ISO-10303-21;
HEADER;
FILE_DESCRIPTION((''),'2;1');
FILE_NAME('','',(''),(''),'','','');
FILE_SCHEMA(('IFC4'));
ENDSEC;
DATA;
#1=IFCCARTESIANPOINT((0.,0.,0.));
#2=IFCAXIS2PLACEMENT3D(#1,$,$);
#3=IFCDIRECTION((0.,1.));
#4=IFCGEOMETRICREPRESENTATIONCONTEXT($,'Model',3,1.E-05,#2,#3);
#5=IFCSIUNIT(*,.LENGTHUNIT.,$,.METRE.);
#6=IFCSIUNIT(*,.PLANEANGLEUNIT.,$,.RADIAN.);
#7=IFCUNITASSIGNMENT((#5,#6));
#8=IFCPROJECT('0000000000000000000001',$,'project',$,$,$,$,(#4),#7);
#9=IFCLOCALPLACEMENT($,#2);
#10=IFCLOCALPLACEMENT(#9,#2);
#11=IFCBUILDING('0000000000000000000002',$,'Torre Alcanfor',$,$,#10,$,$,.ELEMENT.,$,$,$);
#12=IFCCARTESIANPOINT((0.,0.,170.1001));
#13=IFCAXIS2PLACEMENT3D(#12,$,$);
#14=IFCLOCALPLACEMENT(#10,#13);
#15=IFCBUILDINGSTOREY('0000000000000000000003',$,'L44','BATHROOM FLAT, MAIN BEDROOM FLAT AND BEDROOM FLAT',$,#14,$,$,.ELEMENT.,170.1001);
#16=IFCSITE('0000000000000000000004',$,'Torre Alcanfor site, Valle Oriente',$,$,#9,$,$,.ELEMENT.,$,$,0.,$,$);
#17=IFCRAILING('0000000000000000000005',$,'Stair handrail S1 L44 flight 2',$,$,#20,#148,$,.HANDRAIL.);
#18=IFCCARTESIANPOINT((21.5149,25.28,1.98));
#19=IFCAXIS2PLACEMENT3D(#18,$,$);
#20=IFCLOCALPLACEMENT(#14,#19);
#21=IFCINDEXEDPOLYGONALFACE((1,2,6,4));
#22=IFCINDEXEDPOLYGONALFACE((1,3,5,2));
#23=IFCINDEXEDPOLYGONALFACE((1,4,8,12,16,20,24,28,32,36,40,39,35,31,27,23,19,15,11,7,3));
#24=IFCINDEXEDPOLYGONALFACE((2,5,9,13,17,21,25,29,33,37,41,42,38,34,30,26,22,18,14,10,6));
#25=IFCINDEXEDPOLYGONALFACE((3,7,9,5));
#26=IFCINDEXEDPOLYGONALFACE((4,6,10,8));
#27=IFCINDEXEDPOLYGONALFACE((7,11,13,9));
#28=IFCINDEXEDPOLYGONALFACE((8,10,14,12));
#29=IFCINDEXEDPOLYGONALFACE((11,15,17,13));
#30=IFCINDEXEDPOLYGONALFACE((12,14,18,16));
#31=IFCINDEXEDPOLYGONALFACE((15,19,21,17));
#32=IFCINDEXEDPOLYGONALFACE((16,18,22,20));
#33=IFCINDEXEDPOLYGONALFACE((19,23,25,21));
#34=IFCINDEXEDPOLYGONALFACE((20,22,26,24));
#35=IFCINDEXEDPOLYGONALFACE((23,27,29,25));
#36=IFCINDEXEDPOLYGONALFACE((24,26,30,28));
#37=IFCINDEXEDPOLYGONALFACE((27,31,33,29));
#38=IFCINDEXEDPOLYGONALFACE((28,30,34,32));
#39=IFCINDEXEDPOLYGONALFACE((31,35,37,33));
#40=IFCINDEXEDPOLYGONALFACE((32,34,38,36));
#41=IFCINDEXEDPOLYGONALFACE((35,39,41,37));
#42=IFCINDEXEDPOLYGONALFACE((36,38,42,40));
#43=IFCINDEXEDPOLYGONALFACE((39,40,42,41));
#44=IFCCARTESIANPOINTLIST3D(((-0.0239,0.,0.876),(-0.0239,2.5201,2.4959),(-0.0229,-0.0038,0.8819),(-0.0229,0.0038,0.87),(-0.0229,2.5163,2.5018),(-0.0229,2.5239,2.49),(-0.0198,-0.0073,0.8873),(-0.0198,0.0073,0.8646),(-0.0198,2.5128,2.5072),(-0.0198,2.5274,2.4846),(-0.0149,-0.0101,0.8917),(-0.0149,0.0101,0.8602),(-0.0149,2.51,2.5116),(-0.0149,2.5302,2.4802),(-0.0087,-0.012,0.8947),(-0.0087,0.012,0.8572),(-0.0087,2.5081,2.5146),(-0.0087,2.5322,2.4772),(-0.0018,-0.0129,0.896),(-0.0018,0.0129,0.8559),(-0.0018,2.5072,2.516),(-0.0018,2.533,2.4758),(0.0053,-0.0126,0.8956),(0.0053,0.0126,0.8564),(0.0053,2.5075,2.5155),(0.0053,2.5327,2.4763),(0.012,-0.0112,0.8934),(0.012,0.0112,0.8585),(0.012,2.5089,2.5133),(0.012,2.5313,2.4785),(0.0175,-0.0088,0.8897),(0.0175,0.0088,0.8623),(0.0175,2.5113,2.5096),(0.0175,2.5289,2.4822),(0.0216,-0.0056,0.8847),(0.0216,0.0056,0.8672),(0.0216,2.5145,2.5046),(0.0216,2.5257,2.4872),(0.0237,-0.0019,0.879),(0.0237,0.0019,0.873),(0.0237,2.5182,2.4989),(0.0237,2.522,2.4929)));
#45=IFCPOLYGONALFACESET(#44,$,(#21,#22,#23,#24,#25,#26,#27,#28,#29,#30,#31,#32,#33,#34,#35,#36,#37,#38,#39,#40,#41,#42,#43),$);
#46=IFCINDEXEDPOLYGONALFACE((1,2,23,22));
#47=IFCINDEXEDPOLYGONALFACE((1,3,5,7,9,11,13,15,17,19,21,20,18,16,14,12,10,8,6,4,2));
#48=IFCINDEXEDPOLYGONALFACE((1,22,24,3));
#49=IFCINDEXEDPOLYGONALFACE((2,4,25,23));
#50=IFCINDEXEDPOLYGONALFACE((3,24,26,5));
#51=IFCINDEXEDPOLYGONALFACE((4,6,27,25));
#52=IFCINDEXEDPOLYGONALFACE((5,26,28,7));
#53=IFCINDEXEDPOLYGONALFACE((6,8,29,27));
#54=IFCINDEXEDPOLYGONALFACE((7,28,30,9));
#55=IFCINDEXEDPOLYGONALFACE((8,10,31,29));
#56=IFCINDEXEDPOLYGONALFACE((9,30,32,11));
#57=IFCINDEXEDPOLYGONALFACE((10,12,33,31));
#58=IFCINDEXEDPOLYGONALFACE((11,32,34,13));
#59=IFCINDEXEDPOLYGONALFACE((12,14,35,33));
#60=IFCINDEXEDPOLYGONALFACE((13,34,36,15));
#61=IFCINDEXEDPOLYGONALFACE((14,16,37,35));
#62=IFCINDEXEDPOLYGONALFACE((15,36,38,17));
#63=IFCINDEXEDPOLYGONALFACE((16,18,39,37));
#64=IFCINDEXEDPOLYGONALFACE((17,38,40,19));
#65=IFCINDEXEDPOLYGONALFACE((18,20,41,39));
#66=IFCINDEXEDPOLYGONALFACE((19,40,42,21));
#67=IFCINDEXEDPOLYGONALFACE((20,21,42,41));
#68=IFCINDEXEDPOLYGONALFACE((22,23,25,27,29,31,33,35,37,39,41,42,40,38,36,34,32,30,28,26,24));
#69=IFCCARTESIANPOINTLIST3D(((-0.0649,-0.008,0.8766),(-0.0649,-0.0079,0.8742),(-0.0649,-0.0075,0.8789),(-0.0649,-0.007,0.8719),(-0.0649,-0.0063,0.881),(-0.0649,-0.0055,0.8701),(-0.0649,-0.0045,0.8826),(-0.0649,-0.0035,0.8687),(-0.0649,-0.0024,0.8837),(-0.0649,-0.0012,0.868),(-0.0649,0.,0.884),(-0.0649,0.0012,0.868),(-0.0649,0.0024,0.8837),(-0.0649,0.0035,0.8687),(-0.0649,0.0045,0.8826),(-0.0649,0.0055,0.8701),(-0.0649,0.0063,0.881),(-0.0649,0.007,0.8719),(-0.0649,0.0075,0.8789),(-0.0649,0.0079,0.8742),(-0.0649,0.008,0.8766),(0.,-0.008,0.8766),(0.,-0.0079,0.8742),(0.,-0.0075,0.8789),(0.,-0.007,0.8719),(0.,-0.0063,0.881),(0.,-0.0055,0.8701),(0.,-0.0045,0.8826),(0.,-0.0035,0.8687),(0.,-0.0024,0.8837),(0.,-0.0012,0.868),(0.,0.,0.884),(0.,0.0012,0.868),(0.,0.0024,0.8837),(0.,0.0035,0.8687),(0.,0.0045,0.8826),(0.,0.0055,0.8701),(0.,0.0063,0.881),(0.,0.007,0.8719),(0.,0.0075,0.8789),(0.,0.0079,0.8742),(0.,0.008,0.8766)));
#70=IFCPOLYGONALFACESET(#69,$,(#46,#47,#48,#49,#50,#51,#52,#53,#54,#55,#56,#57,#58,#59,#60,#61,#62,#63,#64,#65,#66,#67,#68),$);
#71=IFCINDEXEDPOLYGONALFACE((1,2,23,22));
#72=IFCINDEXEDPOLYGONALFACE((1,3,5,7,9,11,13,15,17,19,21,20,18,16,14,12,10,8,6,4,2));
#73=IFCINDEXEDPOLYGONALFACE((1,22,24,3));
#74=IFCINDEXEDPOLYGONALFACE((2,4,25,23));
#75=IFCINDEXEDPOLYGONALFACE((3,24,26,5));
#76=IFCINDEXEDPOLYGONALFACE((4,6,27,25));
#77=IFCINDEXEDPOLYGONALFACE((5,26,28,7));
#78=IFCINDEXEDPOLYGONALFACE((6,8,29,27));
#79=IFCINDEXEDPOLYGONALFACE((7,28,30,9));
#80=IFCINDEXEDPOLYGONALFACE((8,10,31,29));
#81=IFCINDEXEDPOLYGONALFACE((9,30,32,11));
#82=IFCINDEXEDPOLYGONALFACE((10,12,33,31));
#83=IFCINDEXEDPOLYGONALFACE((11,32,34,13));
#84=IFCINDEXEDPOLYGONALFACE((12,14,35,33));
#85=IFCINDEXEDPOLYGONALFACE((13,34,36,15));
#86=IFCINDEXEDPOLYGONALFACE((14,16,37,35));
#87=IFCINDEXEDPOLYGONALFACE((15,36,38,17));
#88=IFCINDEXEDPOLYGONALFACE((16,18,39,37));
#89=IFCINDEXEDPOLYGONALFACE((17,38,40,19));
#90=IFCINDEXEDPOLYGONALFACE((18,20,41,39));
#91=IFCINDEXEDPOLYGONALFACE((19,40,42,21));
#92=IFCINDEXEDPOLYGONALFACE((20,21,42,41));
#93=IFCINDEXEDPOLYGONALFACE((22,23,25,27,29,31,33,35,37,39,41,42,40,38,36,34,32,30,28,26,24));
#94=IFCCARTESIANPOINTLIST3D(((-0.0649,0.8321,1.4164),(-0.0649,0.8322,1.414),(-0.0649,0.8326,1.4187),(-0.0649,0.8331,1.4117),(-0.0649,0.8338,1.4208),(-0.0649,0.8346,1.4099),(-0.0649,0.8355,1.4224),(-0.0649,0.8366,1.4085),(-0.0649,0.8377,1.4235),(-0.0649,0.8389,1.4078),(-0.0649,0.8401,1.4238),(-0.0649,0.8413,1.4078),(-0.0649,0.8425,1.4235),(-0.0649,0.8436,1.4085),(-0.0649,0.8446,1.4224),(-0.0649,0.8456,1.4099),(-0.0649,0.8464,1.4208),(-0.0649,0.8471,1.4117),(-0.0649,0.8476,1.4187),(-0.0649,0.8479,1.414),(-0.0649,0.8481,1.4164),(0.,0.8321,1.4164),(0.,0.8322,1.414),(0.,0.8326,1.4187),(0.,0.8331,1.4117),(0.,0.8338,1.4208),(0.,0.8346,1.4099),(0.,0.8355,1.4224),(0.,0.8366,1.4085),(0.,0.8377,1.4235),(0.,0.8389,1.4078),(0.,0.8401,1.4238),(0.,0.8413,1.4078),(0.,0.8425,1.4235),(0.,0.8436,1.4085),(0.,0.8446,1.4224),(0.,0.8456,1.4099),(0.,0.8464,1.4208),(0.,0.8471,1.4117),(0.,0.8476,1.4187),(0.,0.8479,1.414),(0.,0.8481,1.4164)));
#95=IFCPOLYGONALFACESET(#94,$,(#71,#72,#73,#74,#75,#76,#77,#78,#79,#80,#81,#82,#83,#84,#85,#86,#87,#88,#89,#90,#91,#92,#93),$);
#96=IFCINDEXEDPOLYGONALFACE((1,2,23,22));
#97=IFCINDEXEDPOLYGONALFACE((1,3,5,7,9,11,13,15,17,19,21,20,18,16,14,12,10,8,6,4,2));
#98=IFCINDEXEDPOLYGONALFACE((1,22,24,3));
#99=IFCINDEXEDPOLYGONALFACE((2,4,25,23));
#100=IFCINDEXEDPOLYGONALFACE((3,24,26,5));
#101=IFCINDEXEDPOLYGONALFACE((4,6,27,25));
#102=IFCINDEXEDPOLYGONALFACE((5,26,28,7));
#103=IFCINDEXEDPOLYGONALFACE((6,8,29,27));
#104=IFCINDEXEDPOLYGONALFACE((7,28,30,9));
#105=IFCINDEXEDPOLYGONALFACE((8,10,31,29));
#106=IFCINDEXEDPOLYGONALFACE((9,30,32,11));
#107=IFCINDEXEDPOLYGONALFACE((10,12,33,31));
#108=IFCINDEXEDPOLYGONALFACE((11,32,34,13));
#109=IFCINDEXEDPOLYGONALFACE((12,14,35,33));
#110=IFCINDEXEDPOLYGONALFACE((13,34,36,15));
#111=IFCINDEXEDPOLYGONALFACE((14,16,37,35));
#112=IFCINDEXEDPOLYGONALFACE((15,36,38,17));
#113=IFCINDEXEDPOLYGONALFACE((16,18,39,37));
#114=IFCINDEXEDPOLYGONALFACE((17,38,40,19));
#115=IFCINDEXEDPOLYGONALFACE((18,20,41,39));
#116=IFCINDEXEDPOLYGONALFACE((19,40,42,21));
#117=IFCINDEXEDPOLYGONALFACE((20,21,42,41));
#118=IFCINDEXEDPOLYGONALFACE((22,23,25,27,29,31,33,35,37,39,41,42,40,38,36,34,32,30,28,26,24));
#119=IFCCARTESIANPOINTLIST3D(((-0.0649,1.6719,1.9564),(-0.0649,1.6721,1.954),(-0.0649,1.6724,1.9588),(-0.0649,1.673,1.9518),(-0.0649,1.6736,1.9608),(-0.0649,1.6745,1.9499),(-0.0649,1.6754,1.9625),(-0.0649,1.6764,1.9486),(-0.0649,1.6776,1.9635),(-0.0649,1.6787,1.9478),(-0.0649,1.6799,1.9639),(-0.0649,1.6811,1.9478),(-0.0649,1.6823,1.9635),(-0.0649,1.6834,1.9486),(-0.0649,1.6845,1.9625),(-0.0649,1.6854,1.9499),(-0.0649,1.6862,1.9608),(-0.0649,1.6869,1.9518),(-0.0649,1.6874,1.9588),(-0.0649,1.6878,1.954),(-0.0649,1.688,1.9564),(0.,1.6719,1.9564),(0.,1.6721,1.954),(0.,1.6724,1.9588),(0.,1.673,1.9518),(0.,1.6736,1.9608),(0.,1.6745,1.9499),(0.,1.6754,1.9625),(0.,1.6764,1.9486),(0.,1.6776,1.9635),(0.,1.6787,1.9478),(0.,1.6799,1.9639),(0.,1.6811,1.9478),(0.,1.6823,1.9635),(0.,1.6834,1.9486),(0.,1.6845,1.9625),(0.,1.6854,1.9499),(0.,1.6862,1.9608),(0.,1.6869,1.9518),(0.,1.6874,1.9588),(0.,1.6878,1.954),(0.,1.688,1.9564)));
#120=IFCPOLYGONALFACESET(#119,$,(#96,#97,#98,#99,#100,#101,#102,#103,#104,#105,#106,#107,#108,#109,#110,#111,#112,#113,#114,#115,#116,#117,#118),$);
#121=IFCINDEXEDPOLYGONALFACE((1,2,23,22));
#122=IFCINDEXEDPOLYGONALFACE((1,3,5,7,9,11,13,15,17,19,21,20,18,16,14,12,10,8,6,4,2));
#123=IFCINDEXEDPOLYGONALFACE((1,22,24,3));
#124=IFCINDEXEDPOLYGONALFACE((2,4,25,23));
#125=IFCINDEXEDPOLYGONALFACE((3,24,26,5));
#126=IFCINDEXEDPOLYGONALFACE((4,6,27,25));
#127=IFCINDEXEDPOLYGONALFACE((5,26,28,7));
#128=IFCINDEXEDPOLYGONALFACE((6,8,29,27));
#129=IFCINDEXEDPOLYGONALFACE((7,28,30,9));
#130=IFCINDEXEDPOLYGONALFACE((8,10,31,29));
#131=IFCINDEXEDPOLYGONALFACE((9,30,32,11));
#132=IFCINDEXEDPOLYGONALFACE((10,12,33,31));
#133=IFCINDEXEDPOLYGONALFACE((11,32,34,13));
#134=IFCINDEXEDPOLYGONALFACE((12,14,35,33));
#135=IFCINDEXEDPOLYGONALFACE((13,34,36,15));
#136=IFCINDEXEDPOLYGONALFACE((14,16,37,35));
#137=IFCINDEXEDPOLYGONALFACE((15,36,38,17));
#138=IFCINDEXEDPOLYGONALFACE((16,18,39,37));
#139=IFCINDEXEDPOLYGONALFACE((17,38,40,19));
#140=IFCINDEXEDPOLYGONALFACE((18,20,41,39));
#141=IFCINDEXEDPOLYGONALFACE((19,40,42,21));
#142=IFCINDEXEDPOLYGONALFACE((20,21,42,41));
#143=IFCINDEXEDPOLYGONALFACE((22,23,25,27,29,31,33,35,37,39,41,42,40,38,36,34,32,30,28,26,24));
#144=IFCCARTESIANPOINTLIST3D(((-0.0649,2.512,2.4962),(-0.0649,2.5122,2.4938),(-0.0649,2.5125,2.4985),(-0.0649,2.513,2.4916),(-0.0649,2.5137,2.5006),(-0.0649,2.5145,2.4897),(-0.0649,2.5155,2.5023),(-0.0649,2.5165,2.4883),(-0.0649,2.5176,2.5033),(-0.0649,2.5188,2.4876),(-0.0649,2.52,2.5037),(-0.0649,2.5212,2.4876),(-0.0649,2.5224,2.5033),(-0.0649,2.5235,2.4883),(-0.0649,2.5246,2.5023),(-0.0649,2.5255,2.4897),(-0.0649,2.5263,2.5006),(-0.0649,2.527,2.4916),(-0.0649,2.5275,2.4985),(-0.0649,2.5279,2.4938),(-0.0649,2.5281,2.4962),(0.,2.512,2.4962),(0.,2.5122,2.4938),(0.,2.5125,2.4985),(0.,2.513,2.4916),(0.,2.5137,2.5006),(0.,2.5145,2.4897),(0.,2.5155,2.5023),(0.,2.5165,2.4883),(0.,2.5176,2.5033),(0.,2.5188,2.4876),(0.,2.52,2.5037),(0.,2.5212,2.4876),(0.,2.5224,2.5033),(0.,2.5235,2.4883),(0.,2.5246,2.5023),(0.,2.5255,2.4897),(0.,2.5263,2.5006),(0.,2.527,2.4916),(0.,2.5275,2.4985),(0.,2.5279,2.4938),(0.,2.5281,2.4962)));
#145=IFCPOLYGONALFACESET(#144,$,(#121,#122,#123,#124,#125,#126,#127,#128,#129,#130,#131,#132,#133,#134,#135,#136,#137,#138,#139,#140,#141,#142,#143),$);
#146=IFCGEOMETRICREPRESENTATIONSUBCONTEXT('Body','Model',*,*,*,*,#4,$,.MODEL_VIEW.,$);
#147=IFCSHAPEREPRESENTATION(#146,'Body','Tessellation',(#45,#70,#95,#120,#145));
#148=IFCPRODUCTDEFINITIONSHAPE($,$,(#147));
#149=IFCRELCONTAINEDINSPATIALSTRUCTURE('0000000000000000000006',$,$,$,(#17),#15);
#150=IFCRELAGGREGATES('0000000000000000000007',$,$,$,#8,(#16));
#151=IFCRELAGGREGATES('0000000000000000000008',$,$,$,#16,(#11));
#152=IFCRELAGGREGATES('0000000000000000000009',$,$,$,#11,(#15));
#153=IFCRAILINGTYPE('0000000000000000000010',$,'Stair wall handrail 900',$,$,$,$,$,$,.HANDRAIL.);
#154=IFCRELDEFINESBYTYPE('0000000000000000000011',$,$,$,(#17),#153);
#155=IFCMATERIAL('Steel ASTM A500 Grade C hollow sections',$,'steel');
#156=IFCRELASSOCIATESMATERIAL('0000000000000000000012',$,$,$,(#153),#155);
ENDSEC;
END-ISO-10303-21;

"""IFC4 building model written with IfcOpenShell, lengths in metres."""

from ifc_helpers import new_model, si_unit, direction, frame, origin, origin_2d, place, context, subcontext, project, spatial, circle, extrude, material, type_object, element, save


model = new_model("IFC4")

# Units and contexts
model_context = context("Model", 3, precision=1e-05, world=origin(), true_north=direction((0.0, 1.0)))
body_context = subcontext(model_context, "Body", "Model", "MODEL_VIEW")
ifc_project = project(units=[si_unit("LENGTHUNIT", "METRE"), si_unit("PLANEANGLEUNIT", "RADIAN")], contexts=[model_context])

# Site, building, storey
site_placement = place(None, origin())
site = spatial("IfcSite", under=ifc_project, at=site_placement, Name="Torre Alcanfor site, Valle Oriente", CompositionType="ELEMENT", RefElevation=0.0)
building_placement = place(site_placement, origin())
building = spatial("IfcBuilding", under=site, at=building_placement, Name="Torre Alcanfor", CompositionType="ELEMENT")
storey_placement = place(building_placement, frame((0.0, 0.0, 170.1001)))
storey = spatial("IfcBuildingStorey", under=building, at=storey_placement, Name="L44", Description="BATHROOM FLAT, MAIN BEDROOM FLAT AND BEDROOM FLAT", CompositionType="ELEMENT", Elevation=170.1001)

# Railing
ifc_material_1 = material(Name="Steel ASTM A500 Grade C hollow sections", Category="steel")
railing_type_1 = type_object("IfcRailingType", Name="Stair wall handrail 900", PredefinedType="HANDRAIL", material=ifc_material_1)
railing_1_placement = place(storey_placement, frame((21.5149, 25.28, 1.98)))
element("IfcRailing", 1, at=railing_1_placement, inside=storey, type_object=railing_type_1, Name="Stair handrail S1 L44 flight 2", PredefinedType="HANDRAIL", context=body_context, shape_type="SweptSolid", body=[
    extrude(circle(Radius=0.0239, at=origin_2d()), frame((0.0, 0.0, 0.876), z_axis=(0.0, 0.8412, 0.540725), x_axis=(-1.0, 0.0, 0.0)), (0.0, 0.0, 1.0), 2.9958),
    extrude(circle(Radius=0.0081, at=origin_2d()), frame((0.0, 0.0, 0.876), z_axis=(-1.0, 0.0, 0.0), x_axis=(0.0, 0.0, 1.0)), (0.0, 0.0, 1.0), 0.0649),
    extrude(circle(Radius=0.0081, at=origin_2d()), frame((0.0, 0.8401, 1.4158), z_axis=(-1.0, 0.0, 0.0), x_axis=(0.0, 0.0, 1.0)), (0.0, 0.0, 1.0), 0.0649),
    extrude(circle(Radius=0.0081, at=origin_2d()), frame((0.0, 1.6799, 1.9558), z_axis=(-1.0, 0.0, 0.0), x_axis=(0.0, 0.0, 1.0)), (0.0, 0.0, 1.0), 0.0649),
    extrude(circle(Radius=0.0081, at=origin_2d()), frame((0.0, 2.52, 2.4956), z_axis=(-1.0, 0.0, 0.0), x_axis=(0.0, 0.0, 1.0)), (0.0, 0.0, 1.0), 0.0649),
])

save(model, "model.ifc")
